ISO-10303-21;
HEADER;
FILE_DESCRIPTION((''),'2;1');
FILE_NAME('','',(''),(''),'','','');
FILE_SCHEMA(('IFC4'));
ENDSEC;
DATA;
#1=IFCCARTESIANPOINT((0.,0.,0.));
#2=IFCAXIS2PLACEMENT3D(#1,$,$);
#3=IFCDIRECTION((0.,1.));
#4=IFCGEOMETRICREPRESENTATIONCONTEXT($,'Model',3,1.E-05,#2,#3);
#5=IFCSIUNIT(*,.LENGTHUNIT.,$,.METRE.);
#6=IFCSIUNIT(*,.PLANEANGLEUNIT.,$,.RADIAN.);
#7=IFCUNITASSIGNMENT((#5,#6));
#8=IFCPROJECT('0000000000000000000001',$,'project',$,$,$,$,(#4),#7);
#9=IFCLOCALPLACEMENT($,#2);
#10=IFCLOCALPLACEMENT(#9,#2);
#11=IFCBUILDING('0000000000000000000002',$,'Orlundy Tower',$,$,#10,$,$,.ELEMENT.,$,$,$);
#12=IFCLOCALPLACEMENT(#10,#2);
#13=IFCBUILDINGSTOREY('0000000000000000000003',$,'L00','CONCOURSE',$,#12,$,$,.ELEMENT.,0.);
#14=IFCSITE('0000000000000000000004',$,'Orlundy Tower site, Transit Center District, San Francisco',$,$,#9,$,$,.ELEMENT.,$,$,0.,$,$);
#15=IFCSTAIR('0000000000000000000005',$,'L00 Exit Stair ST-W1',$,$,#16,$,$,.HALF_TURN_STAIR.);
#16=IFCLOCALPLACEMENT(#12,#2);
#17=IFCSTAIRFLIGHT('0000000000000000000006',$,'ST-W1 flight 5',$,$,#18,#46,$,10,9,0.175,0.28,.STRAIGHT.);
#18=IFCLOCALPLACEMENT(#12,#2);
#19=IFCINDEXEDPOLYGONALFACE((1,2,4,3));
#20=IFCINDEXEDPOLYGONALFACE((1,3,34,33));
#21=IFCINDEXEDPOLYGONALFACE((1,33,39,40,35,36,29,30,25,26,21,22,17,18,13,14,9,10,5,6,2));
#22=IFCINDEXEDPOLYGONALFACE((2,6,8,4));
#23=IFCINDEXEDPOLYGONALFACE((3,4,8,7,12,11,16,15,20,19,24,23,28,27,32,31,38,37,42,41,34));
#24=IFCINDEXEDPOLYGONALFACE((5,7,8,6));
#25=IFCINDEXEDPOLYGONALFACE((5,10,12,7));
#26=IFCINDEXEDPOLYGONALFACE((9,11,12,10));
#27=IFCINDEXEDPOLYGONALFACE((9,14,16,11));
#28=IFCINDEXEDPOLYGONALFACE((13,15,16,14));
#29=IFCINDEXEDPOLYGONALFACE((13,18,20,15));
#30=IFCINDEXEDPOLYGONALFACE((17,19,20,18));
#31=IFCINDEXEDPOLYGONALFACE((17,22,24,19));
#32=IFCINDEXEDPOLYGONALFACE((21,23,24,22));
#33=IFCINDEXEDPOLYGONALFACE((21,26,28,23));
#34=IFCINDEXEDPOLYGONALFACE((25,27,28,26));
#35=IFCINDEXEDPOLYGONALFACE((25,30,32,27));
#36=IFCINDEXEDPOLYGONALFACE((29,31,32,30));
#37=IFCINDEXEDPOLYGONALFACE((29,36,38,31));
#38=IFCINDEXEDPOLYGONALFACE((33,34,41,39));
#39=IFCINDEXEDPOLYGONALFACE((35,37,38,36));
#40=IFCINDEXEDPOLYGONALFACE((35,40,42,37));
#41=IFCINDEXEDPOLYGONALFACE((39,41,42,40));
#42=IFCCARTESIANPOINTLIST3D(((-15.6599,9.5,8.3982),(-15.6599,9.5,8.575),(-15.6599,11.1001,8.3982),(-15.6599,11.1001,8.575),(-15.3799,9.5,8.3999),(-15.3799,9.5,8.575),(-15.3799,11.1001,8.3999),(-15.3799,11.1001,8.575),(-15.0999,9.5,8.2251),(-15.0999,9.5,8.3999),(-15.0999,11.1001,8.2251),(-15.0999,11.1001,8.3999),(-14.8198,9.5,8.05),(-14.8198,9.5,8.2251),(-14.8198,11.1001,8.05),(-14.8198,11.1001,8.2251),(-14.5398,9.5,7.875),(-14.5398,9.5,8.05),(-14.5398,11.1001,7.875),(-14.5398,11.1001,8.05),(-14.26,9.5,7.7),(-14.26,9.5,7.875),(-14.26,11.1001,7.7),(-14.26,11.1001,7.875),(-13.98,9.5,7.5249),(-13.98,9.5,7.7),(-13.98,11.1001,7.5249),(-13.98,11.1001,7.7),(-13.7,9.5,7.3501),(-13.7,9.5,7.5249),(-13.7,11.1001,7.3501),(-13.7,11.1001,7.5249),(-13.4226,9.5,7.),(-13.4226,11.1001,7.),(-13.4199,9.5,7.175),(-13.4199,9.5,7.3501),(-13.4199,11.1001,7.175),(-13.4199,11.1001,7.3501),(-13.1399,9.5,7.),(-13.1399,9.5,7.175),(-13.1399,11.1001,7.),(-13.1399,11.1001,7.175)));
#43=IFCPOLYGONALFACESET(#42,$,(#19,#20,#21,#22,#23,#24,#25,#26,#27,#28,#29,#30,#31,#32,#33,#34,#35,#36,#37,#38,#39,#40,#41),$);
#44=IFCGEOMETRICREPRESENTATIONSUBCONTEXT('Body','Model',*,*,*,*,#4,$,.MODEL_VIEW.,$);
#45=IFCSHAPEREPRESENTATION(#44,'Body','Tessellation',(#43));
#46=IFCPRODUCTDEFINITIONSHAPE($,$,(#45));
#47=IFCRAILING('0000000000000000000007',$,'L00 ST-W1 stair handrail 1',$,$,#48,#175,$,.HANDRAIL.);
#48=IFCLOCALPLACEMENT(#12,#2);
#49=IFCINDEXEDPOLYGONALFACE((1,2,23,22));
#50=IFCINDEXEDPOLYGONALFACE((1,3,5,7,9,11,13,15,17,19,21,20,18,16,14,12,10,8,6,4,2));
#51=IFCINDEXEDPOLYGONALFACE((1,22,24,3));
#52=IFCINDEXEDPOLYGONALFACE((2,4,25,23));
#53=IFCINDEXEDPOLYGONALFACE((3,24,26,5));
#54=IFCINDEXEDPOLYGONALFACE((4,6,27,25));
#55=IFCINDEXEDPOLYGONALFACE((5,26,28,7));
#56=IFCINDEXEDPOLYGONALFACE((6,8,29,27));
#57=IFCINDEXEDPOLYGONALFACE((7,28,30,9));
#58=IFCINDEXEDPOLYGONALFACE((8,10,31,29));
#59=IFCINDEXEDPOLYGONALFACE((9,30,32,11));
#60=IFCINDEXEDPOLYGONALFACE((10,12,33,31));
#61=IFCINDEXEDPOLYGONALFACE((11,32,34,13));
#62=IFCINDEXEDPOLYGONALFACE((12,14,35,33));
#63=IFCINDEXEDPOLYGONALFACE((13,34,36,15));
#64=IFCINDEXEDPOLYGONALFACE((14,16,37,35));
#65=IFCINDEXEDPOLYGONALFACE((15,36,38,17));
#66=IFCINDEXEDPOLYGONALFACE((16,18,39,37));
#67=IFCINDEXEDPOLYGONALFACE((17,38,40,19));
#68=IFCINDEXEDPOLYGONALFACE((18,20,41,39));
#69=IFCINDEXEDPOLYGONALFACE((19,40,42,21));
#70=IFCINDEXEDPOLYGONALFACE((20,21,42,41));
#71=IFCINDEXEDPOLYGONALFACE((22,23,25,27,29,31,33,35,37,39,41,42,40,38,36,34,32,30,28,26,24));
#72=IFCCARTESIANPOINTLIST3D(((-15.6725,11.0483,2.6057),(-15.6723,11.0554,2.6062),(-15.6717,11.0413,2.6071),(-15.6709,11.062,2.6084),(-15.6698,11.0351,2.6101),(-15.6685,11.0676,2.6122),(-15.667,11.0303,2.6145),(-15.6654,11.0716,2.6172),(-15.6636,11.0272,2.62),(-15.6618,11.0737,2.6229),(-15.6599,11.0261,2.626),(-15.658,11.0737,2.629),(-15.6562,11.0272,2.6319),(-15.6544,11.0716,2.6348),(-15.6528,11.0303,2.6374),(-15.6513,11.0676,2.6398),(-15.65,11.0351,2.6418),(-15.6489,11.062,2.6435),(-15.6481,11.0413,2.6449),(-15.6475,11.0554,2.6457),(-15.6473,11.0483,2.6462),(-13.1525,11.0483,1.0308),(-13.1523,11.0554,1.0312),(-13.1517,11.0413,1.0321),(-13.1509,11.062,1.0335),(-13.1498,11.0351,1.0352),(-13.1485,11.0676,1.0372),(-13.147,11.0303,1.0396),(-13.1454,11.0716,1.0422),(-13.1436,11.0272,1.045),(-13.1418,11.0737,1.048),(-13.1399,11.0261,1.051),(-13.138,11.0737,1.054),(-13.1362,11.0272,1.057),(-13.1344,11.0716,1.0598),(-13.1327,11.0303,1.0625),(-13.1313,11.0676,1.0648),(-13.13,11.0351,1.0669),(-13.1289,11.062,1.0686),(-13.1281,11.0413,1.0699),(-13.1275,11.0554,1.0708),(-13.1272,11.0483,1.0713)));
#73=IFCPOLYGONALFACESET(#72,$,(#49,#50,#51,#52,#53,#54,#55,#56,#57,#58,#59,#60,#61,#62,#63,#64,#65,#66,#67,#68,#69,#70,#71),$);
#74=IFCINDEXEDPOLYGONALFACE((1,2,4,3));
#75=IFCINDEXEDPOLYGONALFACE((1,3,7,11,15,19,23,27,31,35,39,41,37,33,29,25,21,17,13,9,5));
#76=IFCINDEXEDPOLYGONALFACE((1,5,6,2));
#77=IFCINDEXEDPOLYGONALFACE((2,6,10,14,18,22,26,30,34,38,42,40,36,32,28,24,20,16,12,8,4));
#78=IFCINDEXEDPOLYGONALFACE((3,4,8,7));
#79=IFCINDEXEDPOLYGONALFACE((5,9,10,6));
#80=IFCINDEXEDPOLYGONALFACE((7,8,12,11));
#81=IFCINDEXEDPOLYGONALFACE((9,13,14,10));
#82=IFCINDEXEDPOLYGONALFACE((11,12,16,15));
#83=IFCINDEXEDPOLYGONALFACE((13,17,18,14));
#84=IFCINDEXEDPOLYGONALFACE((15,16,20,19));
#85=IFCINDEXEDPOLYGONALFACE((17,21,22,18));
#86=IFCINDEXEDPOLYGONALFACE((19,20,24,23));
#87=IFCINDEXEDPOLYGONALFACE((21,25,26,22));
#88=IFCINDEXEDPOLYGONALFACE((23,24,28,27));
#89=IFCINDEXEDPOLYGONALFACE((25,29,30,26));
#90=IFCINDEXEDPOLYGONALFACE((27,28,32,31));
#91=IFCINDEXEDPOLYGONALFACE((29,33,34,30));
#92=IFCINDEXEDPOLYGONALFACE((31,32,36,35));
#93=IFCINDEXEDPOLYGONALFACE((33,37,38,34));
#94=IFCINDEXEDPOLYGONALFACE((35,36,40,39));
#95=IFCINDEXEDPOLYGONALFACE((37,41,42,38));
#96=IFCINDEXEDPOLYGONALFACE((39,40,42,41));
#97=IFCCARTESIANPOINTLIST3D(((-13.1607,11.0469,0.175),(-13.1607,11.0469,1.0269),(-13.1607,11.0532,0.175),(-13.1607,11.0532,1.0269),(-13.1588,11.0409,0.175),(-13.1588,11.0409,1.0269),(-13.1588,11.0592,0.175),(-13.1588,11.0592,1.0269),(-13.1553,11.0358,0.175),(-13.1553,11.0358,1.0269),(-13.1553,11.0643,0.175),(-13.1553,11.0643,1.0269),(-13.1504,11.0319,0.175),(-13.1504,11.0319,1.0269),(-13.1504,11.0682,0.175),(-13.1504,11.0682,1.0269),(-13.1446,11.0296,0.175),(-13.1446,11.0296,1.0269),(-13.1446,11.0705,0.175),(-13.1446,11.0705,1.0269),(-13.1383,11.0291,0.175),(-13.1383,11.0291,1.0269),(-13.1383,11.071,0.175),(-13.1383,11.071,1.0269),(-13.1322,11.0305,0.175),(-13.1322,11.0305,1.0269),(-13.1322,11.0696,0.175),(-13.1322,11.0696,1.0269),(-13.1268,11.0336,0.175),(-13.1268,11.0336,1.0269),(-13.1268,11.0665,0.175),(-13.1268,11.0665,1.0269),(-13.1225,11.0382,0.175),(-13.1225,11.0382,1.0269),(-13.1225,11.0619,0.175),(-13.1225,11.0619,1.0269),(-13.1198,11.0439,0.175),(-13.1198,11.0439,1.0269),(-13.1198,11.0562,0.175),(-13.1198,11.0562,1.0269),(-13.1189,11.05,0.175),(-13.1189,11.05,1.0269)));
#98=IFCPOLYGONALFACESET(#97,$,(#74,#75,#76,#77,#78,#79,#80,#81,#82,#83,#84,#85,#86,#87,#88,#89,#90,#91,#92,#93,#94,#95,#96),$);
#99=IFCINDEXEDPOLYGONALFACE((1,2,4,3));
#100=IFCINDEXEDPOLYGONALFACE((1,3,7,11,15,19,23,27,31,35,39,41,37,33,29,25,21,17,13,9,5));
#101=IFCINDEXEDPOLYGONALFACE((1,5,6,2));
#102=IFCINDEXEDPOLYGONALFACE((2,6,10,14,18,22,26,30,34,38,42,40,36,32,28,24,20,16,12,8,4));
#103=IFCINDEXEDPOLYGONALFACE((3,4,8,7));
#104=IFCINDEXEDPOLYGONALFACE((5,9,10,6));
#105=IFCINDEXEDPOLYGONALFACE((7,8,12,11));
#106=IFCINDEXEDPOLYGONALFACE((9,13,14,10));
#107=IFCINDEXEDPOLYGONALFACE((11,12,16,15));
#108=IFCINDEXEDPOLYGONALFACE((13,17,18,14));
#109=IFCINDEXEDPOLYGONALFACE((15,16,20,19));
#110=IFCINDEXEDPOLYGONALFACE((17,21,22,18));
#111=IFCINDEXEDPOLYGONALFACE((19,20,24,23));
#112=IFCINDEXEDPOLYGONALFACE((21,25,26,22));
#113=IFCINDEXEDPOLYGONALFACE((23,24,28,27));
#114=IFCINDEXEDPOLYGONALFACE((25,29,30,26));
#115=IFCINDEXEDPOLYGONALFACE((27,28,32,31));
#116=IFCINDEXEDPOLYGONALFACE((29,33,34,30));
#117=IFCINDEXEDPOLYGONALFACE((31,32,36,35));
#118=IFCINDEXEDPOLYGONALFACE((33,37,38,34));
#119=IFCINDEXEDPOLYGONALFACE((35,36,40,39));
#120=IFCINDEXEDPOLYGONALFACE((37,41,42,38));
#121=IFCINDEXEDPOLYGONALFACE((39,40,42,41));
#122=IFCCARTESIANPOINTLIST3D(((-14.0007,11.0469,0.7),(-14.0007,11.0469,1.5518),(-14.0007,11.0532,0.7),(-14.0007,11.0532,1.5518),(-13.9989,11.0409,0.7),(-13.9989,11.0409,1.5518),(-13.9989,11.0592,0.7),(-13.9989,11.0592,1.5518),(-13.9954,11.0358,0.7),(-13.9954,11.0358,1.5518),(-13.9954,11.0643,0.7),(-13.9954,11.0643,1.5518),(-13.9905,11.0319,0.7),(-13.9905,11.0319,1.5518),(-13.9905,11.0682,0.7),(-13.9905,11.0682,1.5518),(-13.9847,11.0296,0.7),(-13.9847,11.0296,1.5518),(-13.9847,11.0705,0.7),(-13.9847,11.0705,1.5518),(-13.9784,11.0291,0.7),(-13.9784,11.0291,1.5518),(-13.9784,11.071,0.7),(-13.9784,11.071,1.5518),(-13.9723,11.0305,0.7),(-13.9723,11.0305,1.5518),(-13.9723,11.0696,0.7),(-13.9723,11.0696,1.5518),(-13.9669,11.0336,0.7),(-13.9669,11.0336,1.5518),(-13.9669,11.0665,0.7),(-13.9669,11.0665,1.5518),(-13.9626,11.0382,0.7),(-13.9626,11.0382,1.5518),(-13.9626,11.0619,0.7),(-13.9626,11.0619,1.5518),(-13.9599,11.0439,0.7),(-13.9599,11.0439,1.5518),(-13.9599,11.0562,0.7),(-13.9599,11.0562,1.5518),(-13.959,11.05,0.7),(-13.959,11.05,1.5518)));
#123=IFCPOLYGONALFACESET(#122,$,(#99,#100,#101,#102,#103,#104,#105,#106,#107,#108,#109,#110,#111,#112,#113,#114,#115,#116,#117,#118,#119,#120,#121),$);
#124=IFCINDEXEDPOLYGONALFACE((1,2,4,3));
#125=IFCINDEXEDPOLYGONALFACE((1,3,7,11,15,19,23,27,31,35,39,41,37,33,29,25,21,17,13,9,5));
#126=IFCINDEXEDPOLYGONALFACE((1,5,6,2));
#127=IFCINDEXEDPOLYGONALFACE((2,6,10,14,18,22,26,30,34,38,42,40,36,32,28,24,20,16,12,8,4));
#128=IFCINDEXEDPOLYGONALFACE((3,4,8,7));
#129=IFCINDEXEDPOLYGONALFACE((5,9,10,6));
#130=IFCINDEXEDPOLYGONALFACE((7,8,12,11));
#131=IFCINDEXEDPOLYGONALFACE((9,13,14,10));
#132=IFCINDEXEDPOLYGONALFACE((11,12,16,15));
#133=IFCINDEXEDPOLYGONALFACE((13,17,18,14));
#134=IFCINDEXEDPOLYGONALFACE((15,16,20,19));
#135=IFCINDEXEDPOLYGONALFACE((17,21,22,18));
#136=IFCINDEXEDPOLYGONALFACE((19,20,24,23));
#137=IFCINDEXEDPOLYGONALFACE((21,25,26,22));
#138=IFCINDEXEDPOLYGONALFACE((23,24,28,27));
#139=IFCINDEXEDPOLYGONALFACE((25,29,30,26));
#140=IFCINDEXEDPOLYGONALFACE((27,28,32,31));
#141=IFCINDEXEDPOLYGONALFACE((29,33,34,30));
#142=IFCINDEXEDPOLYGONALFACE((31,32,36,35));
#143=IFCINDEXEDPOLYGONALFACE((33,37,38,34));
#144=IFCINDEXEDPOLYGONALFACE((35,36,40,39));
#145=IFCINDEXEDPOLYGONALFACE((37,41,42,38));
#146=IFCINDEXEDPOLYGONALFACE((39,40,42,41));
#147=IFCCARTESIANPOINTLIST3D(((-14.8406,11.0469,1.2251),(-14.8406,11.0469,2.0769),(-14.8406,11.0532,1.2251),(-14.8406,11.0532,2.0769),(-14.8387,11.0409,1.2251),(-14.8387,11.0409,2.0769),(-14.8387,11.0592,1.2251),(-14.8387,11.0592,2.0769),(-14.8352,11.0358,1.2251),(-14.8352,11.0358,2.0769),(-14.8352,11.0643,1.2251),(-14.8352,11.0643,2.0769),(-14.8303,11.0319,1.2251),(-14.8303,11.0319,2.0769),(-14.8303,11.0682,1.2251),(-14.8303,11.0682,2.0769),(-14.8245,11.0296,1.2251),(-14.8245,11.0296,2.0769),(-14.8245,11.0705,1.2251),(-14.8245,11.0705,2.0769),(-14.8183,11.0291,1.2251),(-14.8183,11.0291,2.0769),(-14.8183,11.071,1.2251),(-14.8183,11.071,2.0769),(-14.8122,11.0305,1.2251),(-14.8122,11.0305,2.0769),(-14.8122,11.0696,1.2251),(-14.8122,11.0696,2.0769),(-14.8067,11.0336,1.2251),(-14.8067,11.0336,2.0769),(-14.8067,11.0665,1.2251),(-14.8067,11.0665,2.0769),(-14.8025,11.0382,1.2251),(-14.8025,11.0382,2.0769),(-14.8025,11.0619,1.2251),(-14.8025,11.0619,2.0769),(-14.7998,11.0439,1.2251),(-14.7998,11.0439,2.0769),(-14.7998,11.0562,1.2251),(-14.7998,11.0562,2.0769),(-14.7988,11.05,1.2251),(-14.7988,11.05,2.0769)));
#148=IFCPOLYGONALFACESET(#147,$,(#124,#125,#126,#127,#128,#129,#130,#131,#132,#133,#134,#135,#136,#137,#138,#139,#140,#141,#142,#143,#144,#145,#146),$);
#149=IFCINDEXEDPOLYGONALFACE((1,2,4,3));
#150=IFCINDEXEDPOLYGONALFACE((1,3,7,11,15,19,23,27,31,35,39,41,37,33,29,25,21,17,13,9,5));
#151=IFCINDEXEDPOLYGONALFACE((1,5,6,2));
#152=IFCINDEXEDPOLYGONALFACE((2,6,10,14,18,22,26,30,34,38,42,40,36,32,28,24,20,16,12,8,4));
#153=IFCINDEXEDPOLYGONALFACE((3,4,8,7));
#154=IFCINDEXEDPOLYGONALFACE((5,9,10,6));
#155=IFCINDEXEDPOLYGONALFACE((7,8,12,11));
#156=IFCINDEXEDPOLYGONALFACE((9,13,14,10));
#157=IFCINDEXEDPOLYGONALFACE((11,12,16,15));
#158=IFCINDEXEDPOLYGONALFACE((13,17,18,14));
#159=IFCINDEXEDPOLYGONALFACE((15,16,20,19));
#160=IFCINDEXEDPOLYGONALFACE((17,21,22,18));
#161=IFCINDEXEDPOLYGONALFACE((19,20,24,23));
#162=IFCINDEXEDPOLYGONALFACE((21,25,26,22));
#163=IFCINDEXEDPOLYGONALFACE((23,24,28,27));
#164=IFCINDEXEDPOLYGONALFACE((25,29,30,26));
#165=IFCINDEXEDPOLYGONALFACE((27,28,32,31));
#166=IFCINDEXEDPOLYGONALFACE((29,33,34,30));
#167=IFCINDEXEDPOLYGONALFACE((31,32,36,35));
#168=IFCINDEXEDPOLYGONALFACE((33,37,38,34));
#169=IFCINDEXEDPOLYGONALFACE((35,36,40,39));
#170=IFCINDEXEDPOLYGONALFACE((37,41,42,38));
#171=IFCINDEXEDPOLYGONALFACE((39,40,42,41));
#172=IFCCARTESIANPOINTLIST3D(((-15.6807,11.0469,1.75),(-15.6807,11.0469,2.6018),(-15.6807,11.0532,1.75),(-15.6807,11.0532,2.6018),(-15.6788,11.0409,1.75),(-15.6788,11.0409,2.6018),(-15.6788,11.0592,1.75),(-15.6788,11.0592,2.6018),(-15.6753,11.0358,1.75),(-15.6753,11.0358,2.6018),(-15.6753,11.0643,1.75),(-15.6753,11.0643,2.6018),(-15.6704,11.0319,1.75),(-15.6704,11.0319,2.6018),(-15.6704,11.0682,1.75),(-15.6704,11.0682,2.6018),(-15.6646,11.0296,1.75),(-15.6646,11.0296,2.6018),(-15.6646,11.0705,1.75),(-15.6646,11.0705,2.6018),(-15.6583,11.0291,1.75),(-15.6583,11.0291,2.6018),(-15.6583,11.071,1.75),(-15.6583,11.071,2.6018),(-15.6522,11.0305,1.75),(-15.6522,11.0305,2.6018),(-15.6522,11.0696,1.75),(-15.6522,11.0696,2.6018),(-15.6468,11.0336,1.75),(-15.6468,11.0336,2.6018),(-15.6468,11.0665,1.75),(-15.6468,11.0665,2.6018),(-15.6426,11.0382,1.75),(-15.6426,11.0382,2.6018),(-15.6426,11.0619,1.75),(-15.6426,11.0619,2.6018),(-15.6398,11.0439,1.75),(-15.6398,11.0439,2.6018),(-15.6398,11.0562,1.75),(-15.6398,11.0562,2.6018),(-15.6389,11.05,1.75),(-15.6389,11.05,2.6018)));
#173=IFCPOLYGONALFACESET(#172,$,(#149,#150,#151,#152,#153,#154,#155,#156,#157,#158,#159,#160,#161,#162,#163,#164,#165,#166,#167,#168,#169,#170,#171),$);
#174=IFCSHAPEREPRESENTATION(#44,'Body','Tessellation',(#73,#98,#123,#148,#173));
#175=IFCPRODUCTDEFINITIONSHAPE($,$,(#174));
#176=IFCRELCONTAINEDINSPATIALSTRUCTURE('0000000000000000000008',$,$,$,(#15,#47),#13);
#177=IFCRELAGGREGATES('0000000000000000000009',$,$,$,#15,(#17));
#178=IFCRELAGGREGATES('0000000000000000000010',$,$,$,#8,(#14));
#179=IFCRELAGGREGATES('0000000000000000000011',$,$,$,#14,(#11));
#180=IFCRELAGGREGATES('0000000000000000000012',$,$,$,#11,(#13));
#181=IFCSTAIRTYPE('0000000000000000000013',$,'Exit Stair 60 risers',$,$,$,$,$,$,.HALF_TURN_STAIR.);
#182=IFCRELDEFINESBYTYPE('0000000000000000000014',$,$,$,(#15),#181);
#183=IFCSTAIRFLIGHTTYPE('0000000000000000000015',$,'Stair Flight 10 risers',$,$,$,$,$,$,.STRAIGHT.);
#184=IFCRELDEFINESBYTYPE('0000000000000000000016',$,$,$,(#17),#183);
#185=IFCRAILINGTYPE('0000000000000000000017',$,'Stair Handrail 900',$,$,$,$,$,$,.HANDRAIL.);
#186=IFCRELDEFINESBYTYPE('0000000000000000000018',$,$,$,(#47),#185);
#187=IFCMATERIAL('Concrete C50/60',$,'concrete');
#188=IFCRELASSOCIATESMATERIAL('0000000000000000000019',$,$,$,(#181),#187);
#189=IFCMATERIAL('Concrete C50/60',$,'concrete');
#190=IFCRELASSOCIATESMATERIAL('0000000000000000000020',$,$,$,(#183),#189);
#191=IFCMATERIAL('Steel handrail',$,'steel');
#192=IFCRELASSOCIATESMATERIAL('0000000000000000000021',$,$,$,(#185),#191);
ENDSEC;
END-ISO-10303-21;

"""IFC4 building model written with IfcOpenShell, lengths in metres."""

from ifc_helpers import new_model, si_unit, direction, frame, origin, origin_2d, place, context, subcontext, project, spatial, polyline, circle, outline, extrude, material, type_object, element, aggregate, save


model = new_model("IFC4")

# Units and contexts
model_context = context("Model", 3, precision=1e-05, world=origin(), true_north=direction((0.0, 1.0)))
body_context = subcontext(model_context, "Body", "Model", "MODEL_VIEW")
ifc_project = project(units=[si_unit("LENGTHUNIT", "METRE"), si_unit("PLANEANGLEUNIT", "RADIAN")], contexts=[model_context])

# Site, building, storey
site_placement = place(None, origin())
site = spatial("IfcSite", under=ifc_project, at=site_placement, Name="Orlundy Tower site, Transit Center District, San Francisco", CompositionType="ELEMENT", RefElevation=0.0)
building_placement = place(site_placement, origin())
building = spatial("IfcBuilding", under=site, at=building_placement, Name="Orlundy Tower", CompositionType="ELEMENT")
storey_placement = place(building_placement, origin())
storey = spatial("IfcBuildingStorey", under=building, at=storey_placement, Name="L00", Description="CONCOURSE", CompositionType="ELEMENT", Elevation=0.0)

# Stair, stair flight
ifc_material_1 = material(Name="Concrete C50/60", Category="concrete")
stair_type = type_object("IfcStairType", Name="Exit Stair 60 risers", PredefinedType="HALF_TURN_STAIR", material=ifc_material_1)
stair_placement = place(storey_placement, origin())
stair = element("IfcStair", 1, at=stair_placement, inside=storey, type_object=stair_type, Name="L00 Exit Stair ST-W1", PredefinedType="HALF_TURN_STAIR")
ifc_material_2 = material(Name="Concrete C50/60", Category="concrete")
stair_flight_type = type_object("IfcStairFlightType", Name="Stair Flight 10 risers", PredefinedType="STRAIGHT", material=ifc_material_2)
stair_flight_1_placement = place(storey_placement, frame((-13.1399, 10.3, 7.0), z_axis=(0.0, 0.0, 1.0), x_axis=(-1.0, 0.0, 0.0)))
stair_flight_1 = element("IfcStairFlight", 2, at=stair_flight_1_placement, type_object=stair_flight_type, Name="ST-W1 flight 5", NumberOfRisers=10, NumberOfTreads=9, PredefinedType="STRAIGHT", RiserHeight=0.175, TreadLength=0.28, context=body_context, shape_type="SweptSolid", body=[
    extrude(outline(polyline([(0.0, 0.0), (0.0, 0.175), (0.28, 0.175), (0.28, 0.3501), (0.5601, 0.3501), (0.5601, 0.5249), (0.8401, 0.5249), (0.8401, 0.7), (1.1201, 0.7), (1.1201, 0.875), (1.3999, 0.875), (1.3999, 1.05), (1.6799, 1.05), (1.6799, 1.2251), (1.96, 1.2251), (1.96, 1.3999), (2.24, 1.3999), (2.24, 1.575), (2.52, 1.575), (2.52, 1.75), (2.52, 1.3982), (0.2827, 0.0), (0.0, 0.0)])), frame((0.0, 0.8, 0.0), z_axis=(0.0, -1.0, 0.0), x_axis=(1.0, 0.0, 0.0)), (0.0, 0.0, 1.0), 1.6001),
])
aggregate(stair, [stair_flight_1])

# Railing
ifc_material_3 = material(Name="Steel handrail", Category="steel")
railing_type_1 = type_object("IfcRailingType", Name="Stair Handrail 900", PredefinedType="HANDRAIL", material=ifc_material_3)
for number, where, name in (
    (3, (-13.1399, 11.05, 0.175), "L00 ST-W1 stair handrail 1"),
):
    element("IfcRailing", number, at=place(storey_placement, frame(where)), inside=storey, type_object=railing_type_1, Name=name, PredefinedType="HANDRAIL", context=body_context, shape_type="SweptSolid", body=[
        extrude(circle(Radius=0.0239, at=origin_2d()), frame((0.0, 0.0, 0.876), z_axis=(-0.848008, 0.0, 0.529984), x_axis=(0.0, -1.0, 0.0)), (0.0, 0.0, 1.0), 2.9717),
        extrude(circle(Radius=0.021, at=origin_2d()), origin(), (0.0, 0.0, 1.0), 0.8518),
        extrude(circle(Radius=0.021, at=origin_2d()), frame((-0.8401, 0.0, 0.5249)), (0.0, 0.0, 1.0), 0.8518),
        extrude(circle(Radius=0.021, at=origin_2d()), frame((-1.6799, 0.0, 1.05)), (0.0, 0.0, 1.0), 0.8518),
        extrude(circle(Radius=0.021, at=origin_2d()), frame((-2.52, 0.0, 1.575)), (0.0, 0.0, 1.0), 0.8518),
    ])

save(model, "model.ifc")
